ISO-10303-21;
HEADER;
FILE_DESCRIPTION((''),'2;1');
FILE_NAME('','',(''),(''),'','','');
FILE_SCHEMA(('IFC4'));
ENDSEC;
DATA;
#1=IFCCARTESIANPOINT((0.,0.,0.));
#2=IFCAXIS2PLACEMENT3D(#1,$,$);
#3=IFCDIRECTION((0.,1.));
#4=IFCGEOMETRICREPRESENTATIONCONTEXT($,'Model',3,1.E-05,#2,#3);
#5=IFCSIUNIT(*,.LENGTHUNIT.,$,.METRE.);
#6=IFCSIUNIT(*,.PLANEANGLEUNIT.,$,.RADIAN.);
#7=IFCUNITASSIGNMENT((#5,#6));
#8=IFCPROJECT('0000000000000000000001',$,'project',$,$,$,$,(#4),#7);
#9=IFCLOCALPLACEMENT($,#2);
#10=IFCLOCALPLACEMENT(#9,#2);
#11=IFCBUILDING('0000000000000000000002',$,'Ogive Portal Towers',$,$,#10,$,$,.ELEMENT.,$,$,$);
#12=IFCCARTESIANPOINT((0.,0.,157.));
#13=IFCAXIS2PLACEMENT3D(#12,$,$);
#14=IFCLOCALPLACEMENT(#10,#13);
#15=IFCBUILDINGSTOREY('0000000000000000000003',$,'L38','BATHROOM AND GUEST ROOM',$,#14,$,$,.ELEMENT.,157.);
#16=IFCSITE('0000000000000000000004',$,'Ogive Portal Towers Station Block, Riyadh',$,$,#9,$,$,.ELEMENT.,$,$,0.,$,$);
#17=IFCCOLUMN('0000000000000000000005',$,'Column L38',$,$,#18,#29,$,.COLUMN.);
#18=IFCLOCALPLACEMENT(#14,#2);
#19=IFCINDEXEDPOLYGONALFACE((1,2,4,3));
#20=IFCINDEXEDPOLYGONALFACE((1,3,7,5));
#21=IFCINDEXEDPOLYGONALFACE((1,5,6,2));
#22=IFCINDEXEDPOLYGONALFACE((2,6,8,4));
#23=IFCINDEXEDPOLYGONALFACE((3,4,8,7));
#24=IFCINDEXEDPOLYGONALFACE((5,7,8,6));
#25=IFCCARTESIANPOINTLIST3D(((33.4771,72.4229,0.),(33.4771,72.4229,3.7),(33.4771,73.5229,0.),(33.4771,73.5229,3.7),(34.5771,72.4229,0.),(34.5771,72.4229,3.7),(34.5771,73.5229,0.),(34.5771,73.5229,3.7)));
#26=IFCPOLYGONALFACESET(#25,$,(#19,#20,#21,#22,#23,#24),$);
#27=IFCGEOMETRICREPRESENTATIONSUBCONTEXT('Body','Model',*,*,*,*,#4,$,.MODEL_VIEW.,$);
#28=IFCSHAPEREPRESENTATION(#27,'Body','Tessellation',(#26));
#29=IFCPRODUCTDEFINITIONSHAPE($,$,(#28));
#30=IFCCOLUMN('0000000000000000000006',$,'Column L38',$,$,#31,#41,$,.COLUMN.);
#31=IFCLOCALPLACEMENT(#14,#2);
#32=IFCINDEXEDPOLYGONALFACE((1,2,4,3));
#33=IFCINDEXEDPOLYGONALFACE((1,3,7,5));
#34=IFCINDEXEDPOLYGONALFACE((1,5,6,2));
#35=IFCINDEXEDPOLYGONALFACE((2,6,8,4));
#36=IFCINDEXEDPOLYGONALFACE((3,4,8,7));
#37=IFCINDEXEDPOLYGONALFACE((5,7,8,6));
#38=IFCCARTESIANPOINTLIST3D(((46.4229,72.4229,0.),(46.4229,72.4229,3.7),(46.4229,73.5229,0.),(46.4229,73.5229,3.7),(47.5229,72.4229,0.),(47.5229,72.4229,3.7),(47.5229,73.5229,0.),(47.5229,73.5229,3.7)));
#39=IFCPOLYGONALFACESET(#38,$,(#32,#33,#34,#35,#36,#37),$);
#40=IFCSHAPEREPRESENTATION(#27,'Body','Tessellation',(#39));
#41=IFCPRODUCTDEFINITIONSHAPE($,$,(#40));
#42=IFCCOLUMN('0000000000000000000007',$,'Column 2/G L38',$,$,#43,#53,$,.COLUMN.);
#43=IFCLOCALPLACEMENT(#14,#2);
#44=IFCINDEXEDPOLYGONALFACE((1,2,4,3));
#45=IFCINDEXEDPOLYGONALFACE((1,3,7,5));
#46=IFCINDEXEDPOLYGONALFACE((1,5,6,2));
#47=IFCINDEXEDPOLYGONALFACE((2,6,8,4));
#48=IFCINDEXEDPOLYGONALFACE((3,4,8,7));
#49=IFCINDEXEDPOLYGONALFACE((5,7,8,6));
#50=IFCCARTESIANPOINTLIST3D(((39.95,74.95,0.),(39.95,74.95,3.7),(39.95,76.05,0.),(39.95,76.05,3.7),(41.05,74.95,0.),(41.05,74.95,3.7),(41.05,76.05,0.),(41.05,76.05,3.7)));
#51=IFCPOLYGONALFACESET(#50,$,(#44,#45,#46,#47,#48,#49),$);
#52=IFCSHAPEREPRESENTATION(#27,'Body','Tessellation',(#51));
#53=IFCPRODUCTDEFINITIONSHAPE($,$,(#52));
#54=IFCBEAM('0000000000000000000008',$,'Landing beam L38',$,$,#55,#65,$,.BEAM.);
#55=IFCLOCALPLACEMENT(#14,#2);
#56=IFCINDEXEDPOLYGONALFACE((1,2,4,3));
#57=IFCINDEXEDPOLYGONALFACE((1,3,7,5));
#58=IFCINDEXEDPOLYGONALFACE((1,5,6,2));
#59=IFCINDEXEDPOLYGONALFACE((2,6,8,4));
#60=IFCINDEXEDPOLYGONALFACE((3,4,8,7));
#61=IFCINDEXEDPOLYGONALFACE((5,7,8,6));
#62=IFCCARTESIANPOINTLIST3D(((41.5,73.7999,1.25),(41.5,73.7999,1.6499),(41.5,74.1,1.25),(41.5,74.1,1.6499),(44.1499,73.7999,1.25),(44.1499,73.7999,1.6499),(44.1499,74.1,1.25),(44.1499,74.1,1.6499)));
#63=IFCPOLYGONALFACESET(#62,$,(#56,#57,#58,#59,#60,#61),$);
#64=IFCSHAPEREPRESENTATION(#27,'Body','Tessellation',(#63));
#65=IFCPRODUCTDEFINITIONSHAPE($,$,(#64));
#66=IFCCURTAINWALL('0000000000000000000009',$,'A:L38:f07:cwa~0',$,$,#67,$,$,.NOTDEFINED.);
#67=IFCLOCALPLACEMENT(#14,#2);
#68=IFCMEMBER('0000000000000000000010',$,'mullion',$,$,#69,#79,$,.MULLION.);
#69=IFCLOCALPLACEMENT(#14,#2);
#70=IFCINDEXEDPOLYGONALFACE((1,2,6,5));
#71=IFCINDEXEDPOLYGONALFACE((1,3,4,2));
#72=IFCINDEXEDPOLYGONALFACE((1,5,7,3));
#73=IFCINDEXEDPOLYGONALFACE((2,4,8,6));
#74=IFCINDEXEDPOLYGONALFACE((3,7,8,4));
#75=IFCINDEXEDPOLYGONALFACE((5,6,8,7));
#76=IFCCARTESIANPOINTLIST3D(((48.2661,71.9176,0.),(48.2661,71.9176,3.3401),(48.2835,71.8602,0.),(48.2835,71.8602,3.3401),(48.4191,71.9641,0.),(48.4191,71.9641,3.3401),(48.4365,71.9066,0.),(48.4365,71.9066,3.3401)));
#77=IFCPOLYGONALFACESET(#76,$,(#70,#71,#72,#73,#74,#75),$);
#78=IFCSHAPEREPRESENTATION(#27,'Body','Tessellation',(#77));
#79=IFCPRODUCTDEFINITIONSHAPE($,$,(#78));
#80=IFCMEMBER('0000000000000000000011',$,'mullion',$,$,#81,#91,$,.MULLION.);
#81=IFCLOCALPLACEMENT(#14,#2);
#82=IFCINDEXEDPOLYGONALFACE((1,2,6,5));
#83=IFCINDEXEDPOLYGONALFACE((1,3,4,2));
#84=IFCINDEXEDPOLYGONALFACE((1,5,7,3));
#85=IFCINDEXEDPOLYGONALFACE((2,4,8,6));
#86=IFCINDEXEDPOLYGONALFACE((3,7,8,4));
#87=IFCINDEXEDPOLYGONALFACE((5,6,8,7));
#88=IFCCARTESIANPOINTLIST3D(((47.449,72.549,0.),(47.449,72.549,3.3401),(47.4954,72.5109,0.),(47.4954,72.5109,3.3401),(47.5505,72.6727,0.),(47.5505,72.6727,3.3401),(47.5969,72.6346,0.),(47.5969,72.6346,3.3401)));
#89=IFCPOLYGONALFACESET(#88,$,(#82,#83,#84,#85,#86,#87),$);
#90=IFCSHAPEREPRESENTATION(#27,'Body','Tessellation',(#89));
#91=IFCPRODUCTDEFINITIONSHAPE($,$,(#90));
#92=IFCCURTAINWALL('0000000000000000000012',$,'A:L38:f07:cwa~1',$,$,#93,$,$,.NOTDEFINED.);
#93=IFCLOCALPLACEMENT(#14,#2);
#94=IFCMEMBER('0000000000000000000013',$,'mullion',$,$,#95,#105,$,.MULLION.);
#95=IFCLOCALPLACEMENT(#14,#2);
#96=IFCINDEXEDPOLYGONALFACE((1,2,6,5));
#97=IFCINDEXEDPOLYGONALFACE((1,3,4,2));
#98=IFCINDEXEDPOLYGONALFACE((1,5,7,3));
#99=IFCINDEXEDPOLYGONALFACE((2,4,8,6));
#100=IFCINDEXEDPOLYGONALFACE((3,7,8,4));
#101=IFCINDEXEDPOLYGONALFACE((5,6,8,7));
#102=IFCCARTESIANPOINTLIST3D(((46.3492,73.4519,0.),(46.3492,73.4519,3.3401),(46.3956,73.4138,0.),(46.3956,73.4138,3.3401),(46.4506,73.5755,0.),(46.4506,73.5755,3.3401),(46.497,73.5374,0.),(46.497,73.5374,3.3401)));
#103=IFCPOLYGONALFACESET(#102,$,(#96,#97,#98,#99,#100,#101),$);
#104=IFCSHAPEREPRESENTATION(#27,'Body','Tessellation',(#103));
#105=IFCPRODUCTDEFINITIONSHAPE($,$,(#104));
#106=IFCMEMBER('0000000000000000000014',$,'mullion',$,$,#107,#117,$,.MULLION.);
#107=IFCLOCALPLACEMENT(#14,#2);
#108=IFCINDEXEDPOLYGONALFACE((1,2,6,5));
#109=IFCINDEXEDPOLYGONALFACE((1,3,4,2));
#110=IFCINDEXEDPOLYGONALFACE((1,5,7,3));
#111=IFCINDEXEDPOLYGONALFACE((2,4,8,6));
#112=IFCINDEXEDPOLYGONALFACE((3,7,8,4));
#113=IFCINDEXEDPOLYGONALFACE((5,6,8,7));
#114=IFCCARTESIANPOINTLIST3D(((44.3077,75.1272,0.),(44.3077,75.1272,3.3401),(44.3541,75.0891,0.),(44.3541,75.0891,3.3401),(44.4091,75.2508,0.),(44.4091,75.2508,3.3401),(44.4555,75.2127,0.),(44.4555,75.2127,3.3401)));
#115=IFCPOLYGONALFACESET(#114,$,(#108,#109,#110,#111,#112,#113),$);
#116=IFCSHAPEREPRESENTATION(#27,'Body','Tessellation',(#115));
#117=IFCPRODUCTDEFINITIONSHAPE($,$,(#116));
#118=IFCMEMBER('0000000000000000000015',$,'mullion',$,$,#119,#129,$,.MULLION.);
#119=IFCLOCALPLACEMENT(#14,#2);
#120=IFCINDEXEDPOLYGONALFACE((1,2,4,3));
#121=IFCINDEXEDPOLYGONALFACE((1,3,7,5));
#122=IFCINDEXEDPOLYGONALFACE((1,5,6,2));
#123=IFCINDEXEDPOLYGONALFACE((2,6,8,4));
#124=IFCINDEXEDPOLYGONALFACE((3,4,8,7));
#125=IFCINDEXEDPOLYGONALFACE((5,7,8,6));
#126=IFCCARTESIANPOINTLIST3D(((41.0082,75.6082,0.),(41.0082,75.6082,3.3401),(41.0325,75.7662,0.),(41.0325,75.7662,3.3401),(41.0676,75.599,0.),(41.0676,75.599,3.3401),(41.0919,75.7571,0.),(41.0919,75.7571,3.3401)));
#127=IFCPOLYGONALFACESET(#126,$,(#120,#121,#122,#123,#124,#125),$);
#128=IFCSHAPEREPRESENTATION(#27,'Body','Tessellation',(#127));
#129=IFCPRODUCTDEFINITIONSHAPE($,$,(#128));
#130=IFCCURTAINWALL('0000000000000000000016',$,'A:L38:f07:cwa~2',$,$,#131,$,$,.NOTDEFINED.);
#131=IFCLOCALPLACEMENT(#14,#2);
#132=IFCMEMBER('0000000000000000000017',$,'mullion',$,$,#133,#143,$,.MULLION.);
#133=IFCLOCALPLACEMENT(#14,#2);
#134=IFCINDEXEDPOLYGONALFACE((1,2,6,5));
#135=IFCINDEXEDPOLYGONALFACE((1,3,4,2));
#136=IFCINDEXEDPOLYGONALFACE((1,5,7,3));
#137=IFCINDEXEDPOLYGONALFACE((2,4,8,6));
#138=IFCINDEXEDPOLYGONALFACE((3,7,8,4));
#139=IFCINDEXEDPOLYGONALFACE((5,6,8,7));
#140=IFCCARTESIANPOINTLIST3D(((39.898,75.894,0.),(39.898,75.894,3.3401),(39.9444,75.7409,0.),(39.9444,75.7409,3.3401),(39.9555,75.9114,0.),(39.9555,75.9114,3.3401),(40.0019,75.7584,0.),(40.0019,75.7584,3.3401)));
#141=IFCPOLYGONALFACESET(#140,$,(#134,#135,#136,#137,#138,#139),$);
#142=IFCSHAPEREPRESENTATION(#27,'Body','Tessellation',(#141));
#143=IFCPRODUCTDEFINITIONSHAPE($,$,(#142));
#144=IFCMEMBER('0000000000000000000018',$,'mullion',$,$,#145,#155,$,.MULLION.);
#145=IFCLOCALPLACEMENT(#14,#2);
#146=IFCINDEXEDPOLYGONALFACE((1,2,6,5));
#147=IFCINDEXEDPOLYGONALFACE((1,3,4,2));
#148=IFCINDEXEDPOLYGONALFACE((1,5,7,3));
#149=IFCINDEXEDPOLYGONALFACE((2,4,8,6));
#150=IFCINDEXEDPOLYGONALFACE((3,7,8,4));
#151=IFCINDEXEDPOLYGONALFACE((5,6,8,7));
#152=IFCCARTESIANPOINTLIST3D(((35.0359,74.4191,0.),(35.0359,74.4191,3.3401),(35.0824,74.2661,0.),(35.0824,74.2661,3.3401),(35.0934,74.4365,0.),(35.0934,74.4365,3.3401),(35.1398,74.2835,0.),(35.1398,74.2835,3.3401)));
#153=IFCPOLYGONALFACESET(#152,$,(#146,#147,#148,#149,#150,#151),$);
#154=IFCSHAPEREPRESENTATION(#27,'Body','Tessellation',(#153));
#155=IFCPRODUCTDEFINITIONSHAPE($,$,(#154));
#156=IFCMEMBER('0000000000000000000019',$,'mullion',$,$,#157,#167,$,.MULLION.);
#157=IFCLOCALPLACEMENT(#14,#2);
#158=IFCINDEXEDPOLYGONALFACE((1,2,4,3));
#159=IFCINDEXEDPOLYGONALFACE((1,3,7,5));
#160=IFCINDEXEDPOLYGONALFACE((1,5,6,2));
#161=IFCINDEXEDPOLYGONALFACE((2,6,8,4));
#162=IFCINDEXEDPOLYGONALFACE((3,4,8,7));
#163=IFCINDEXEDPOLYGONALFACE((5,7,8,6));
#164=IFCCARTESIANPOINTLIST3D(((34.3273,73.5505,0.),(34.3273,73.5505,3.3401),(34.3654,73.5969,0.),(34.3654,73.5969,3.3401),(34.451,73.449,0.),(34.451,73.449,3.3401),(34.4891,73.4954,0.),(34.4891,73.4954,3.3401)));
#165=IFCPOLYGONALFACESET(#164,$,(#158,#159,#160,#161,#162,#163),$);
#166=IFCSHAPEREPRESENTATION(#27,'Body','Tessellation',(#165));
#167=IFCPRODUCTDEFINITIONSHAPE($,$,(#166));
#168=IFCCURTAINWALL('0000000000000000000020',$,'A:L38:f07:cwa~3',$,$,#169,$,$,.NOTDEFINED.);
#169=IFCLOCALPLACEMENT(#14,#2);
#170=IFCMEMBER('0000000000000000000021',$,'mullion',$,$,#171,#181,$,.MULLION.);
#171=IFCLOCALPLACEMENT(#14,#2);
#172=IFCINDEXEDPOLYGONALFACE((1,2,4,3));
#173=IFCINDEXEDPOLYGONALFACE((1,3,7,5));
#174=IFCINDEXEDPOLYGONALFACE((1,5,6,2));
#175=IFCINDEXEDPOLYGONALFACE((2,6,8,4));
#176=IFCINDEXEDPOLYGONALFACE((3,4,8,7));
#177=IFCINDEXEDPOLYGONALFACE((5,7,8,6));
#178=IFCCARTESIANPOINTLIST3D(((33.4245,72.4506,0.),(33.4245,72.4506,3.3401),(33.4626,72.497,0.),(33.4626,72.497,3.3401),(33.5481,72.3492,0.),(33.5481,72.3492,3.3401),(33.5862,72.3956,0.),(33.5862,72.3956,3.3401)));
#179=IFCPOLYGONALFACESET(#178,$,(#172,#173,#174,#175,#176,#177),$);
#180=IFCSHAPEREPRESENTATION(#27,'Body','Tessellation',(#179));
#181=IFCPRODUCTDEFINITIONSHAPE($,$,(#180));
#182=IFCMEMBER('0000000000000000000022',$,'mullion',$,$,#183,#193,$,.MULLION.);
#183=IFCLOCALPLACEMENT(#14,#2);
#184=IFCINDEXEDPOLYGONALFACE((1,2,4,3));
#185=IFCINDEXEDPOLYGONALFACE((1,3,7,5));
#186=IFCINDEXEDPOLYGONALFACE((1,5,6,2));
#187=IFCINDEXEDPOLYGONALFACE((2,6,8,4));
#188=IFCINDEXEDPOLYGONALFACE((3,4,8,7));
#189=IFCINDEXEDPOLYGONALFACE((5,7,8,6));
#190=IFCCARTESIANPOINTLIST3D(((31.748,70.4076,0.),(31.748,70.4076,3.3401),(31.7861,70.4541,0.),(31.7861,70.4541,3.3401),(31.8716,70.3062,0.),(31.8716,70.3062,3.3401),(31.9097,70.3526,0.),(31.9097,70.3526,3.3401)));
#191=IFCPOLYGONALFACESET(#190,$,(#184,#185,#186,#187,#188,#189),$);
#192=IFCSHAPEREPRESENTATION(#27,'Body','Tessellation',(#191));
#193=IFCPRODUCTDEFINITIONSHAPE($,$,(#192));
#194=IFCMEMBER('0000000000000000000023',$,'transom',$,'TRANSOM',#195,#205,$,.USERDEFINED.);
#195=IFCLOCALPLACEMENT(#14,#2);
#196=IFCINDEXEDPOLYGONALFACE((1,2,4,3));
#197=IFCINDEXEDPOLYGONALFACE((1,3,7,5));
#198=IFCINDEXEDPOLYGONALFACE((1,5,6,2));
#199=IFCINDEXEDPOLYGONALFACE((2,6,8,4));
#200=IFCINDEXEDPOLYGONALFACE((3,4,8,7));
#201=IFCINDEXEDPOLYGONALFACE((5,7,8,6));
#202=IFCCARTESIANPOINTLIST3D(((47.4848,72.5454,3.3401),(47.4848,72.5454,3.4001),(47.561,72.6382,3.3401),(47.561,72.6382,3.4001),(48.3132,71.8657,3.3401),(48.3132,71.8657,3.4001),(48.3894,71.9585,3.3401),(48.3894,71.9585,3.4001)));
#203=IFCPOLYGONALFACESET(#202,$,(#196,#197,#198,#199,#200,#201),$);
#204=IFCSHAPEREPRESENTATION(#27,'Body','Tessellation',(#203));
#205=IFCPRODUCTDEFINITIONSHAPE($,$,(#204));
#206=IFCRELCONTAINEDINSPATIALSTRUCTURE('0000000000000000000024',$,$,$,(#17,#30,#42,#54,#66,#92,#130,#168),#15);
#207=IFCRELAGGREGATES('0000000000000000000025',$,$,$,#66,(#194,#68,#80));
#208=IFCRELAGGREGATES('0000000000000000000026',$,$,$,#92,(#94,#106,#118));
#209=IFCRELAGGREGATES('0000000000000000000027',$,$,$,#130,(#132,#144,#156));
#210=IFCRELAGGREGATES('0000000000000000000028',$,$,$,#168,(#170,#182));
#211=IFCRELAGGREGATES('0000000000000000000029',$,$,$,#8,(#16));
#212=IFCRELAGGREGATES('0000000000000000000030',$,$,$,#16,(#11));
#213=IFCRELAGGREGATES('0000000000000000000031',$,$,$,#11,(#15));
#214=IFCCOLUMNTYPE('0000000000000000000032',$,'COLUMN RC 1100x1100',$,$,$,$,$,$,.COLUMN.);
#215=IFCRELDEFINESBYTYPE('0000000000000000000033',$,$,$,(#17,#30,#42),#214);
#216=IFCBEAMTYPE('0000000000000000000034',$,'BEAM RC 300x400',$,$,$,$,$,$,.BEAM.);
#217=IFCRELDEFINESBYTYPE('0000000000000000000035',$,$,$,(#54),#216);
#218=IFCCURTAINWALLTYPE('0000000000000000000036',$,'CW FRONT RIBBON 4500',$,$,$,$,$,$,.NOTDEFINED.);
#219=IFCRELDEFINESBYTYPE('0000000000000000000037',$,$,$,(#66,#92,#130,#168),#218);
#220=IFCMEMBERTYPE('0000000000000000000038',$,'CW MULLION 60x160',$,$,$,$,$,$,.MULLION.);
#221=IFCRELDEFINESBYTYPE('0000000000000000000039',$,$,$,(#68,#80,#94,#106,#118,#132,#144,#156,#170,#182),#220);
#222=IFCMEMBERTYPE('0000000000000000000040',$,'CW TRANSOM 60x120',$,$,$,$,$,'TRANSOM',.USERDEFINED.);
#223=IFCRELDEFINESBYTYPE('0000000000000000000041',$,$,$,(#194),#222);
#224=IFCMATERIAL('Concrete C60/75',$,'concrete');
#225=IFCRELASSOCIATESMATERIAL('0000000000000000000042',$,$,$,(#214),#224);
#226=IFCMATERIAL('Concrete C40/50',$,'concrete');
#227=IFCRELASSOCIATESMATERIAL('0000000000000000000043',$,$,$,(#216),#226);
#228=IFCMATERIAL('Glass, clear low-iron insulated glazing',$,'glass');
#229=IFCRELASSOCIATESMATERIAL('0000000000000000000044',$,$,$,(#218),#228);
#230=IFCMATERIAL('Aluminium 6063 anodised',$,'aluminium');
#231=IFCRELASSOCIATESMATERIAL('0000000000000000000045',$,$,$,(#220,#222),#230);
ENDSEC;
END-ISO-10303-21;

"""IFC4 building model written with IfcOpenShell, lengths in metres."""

from ifc_helpers import new_model, si_unit, direction, frame, origin, origin_2d, place, context, subcontext, project, spatial, rectangle, extrude, material, material_profile, profile_set, type_object, element, aggregate, save


model = new_model("IFC4")

# Units and contexts
model_context = context("Model", 3, precision=1e-05, world=origin(), true_north=direction((0.0, 1.0)))
body_context = subcontext(model_context, "Body", "Model", "MODEL_VIEW")
ifc_project = project(units=[si_unit("LENGTHUNIT", "METRE"), si_unit("PLANEANGLEUNIT", "RADIAN")], contexts=[model_context])

# Site, building, storey
site_placement = place(None, origin())
site = spatial("IfcSite", under=ifc_project, at=site_placement, Name="Ogive Portal Towers Station Block, Riyadh", CompositionType="ELEMENT", RefElevation=0.0)
building_placement = place(site_placement, origin())
building = spatial("IfcBuilding", under=site, at=building_placement, Name="Ogive Portal Towers", CompositionType="ELEMENT")
storey_placement = place(building_placement, frame((0.0, 0.0, 157.0)))
storey = spatial("IfcBuildingStorey", under=building, at=storey_placement, Name="L38", Description="BATHROOM AND GUEST ROOM", CompositionType="ELEMENT", Elevation=157.0)

# Columns
ifc_material_1 = material(Name="Concrete C60/75", Category="concrete")
ifc_material_profile_1 = material_profile(ifc_material_1, rectangle(XDim=1.1001, YDim=1.1001, at=origin_2d()), Name="RC 1100x1100")
ifc_profile_set_1 = profile_set([ifc_material_profile_1], Name="Concrete C60/75")
column_type = type_object("IfcColumnType", Name="COLUMN RC 1100x1100", PredefinedType="COLUMN", material=ifc_profile_set_1)
for number, where, z_axis, x_axis, name in (
    (1, (34.0271, 72.9729, 0.0), (0.0, 0.0, 1.0), (1.0, 0.0, 0.0), "Column L38"),
    (2, (46.9729, 72.9729, 0.0), (0.0, 0.0, 1.0), (1.0, 0.0, 0.0), "Column L38"),
    (3, (40.5, 75.5, 0.0), (0.0, 0.0, 1.0), (1.0, 0.0, 0.0), "Column 2/G L38"),
):
    element("IfcColumn", number, at=place(storey_placement, frame(where, z_axis=z_axis, x_axis=x_axis)), inside=storey, type_object=column_type, Name=name, PredefinedType="COLUMN", context=body_context, shape_type="SweptSolid", body=[
        extrude(rectangle(XDim=1.1001, YDim=1.1001, at=origin_2d()), origin(), (0.0, 0.0, 1.0), 3.7),
    ])

# Beam
ifc_material_2 = material(Name="Concrete C40/50", Category="concrete")
ifc_material_profile_2 = material_profile(ifc_material_2, rectangle(XDim=0.3, YDim=0.3999, at=origin_2d()), Name="RC 300x400")
ifc_profile_set_2 = profile_set([ifc_material_profile_2], Name="Concrete C40/50")
beam_type = type_object("IfcBeamType", Name="BEAM RC 300x400", PredefinedType="BEAM", material=ifc_profile_set_2)
beam_placement = place(storey_placement, frame((41.5, 73.95, 1.45), z_axis=(1.0, 0.0, 0.0), x_axis=(0.0, 1.0, 0.0)))
element("IfcBeam", 4, at=beam_placement, inside=storey, type_object=beam_type, Name="Landing beam L38", PredefinedType="BEAM", context=body_context, shape_type="SweptSolid", body=[
    extrude(rectangle(XDim=0.3, YDim=0.3999, at=origin_2d()), origin(), (0.0, 0.0, 1.0), 2.6499),
])

# Curtain walls, members
ifc_material_3 = material(Name="Glass, clear low-iron insulated glazing", Category="glass")
curtain_wall_type = type_object("IfcCurtainWallType", Name="CW FRONT RIBBON 4500", PredefinedType="NOTDEFINED", material=ifc_material_3)
curtain_wall_1_placement = place(storey_placement, origin())
curtain_wall_1 = element("IfcCurtainWall", 5, at=curtain_wall_1_placement, inside=storey, type_object=curtain_wall_type, Name="A:L38:f07:cwa~0", PredefinedType="NOTDEFINED")
ifc_material_4 = material(Name="Aluminium 6063 anodised", Category="aluminium")
ifc_material_profile_3 = material_profile(ifc_material_4, rectangle(XDim=0.1599, YDim=0.0601, at=origin_2d()), Name="AL 60x160")
ifc_profile_set_3 = profile_set([ifc_material_profile_3], Name="Aluminium 6063 anodised")
member_type_1 = type_object("IfcMemberType", Name="CW MULLION 60x160", PredefinedType="MULLION", material=ifc_profile_set_3)
member_1_placement = place(storey_placement, frame((48.3513, 71.9121, 0.0), z_axis=(0.0, 0.0, 1.0), x_axis=(-0.95694, -0.290285, 0.0)))
member_1 = element("IfcMember", 6, at=member_1_placement, type_object=member_type_1, Name="mullion", PredefinedType="MULLION", context=body_context, shape_type="SweptSolid", body=[
    extrude(rectangle(XDim=0.1599, YDim=0.0601, at=origin_2d()), origin(), (0.0, 0.0, 1.0), 3.3401),
])
member_2_placement = place(storey_placement, frame((47.5229, 72.5918, 0.0), z_axis=(0.0, 0.0, 1.0), x_axis=(-0.634393, -0.77301, 0.0)))
member_2 = element("IfcMember", 7, at=member_2_placement, type_object=member_type_1, Name="mullion", PredefinedType="MULLION", context=body_context, shape_type="SweptSolid", body=[
    extrude(rectangle(XDim=0.1599, YDim=0.0601, at=origin_2d()), origin(), (0.0, 0.0, 1.0), 3.3401),
])
curtain_wall_2_placement = place(storey_placement, origin())
curtain_wall_2 = element("IfcCurtainWall", 8, at=curtain_wall_2_placement, inside=storey, type_object=curtain_wall_type, Name="A:L38:f07:cwa~1", PredefinedType="NOTDEFINED")
member_3_placement = place(storey_placement, frame((46.4231, 73.4946, 0.0), z_axis=(0.0, 0.0, 1.0), x_axis=(-0.634393, -0.77301, 0.0)))
member_3 = element("IfcMember", 9, at=member_3_placement, type_object=member_type_1, Name="mullion", PredefinedType="MULLION", context=body_context, shape_type="SweptSolid", body=[
    extrude(rectangle(XDim=0.1599, YDim=0.0601, at=origin_2d()), origin(), (0.0, 0.0, 1.0), 3.3401),
])
member_4_placement = place(storey_placement, frame((44.3816, 75.1699, 0.0), z_axis=(0.0, 0.0, 1.0), x_axis=(-0.634393, -0.77301, 0.0)))
member_4 = element("IfcMember", 10, at=member_4_placement, type_object=member_type_1, Name="mullion", PredefinedType="MULLION", context=body_context, shape_type="SweptSolid", body=[
    extrude(rectangle(XDim=0.1599, YDim=0.0601, at=origin_2d()), origin(), (0.0, 0.0, 1.0), 3.3401),
])
member_5_placement = place(storey_placement, frame((41.05, 75.6826, 0.0), z_axis=(0.0, 0.0, 1.0), x_axis=(-0.152074, -0.988369, 0.0)))
member_5 = element("IfcMember", 11, at=member_5_placement, type_object=member_type_1, Name="mullion", PredefinedType="MULLION", context=body_context, shape_type="SweptSolid", body=[
    extrude(rectangle(XDim=0.1599, YDim=0.0601, at=origin_2d()), origin(), (0.0, 0.0, 1.0), 3.3401),
])
curtain_wall_3_placement = place(storey_placement, origin())
curtain_wall_3 = element("IfcCurtainWall", 12, at=curtain_wall_3_placement, inside=storey, type_object=curtain_wall_type, Name="A:L38:f07:cwa~2", PredefinedType="NOTDEFINED")
member_6_placement = place(storey_placement, frame((39.95, 75.8262, 0.0), z_axis=(0.0, 0.0, 1.0), x_axis=(0.290285, -0.95694, 0.0)))
member_6 = element("IfcMember", 13, at=member_6_placement, type_object=member_type_1, Name="mullion", PredefinedType="MULLION", context=body_context, shape_type="SweptSolid", body=[
    extrude(rectangle(XDim=0.1599, YDim=0.0601, at=origin_2d()), origin(), (0.0, 0.0, 1.0), 3.3401),
])
member_7_placement = place(storey_placement, frame((35.0879, 74.3513, 0.0), z_axis=(0.0, 0.0, 1.0), x_axis=(0.290285, -0.95694, 0.0)))
member_7 = element("IfcMember", 14, at=member_7_placement, type_object=member_type_1, Name="mullion", PredefinedType="MULLION", context=body_context, shape_type="SweptSolid", body=[
    extrude(rectangle(XDim=0.1599, YDim=0.0601, at=origin_2d()), origin(), (0.0, 0.0, 1.0), 3.3401),
])
member_8_placement = place(storey_placement, frame((34.4082, 73.5229, 0.0), z_axis=(0.0, 0.0, 1.0), x_axis=(0.77301, -0.634393, 0.0)))
member_8 = element("IfcMember", 15, at=member_8_placement, type_object=member_type_1, Name="mullion", PredefinedType="MULLION", context=body_context, shape_type="SweptSolid", body=[
    extrude(rectangle(XDim=0.1599, YDim=0.0601, at=origin_2d()), origin(), (0.0, 0.0, 1.0), 3.3401),
])
curtain_wall_4_placement = place(storey_placement, origin())
curtain_wall_4 = element("IfcCurtainWall", 16, at=curtain_wall_4_placement, inside=storey, type_object=curtain_wall_type, Name="A:L38:f07:cwa~3", PredefinedType="NOTDEFINED")
member_9_placement = place(storey_placement, frame((33.5054, 72.4231, 0.0), z_axis=(0.0, 0.0, 1.0), x_axis=(0.77301, -0.634393, 0.0)))
member_9 = element("IfcMember", 17, at=member_9_placement, type_object=member_type_1, Name="mullion", PredefinedType="MULLION", context=body_context, shape_type="SweptSolid", body=[
    extrude(rectangle(XDim=0.1599, YDim=0.0601, at=origin_2d()), origin(), (0.0, 0.0, 1.0), 3.3401),
])
member_10_placement = place(storey_placement, frame((31.8289, 70.3801, 0.0), z_axis=(0.0, 0.0, 1.0), x_axis=(0.77301, -0.634393, 0.0)))
member_10 = element("IfcMember", 18, at=member_10_placement, type_object=member_type_1, Name="mullion", PredefinedType="MULLION", context=body_context, shape_type="SweptSolid", body=[
    extrude(rectangle(XDim=0.1599, YDim=0.0601, at=origin_2d()), origin(), (0.0, 0.0, 1.0), 3.3401),
])

# Member
ifc_material_profile_4 = material_profile(ifc_material_4, rectangle(XDim=0.1201, YDim=0.0601, at=origin_2d()), Name="AL 120x60")
ifc_profile_set_4 = profile_set([ifc_material_profile_4], Name="Aluminium 6063 anodised")
member_type_2 = type_object("IfcMemberType", Name="CW TRANSOM 60x120", ElementType="TRANSOM", PredefinedType="USERDEFINED", material=ifc_profile_set_4)
member_11_placement = place(storey_placement, frame((48.3513, 71.9121, 3.3701), z_axis=(-0.773073, 0.634317, 0.0), x_axis=(-0.634317, -0.773073, 0.0)))
member_11 = element("IfcMember", 19, at=member_11_placement, type_object=member_type_2, Name="transom", ObjectType="TRANSOM", PredefinedType="USERDEFINED", context=body_context, shape_type="SweptSolid", body=[
    extrude(rectangle(XDim=0.1201, YDim=0.0601, at=origin_2d()), origin(), (0.0, 0.0, 1.0), 1.0715),
])

aggregate(curtain_wall_1, [member_11, member_1, member_2])
aggregate(curtain_wall_2, [member_3, member_4, member_5])
aggregate(curtain_wall_3, [member_6, member_7, member_8])
aggregate(curtain_wall_4, [member_9, member_10])

save(model, "model.ifc")
